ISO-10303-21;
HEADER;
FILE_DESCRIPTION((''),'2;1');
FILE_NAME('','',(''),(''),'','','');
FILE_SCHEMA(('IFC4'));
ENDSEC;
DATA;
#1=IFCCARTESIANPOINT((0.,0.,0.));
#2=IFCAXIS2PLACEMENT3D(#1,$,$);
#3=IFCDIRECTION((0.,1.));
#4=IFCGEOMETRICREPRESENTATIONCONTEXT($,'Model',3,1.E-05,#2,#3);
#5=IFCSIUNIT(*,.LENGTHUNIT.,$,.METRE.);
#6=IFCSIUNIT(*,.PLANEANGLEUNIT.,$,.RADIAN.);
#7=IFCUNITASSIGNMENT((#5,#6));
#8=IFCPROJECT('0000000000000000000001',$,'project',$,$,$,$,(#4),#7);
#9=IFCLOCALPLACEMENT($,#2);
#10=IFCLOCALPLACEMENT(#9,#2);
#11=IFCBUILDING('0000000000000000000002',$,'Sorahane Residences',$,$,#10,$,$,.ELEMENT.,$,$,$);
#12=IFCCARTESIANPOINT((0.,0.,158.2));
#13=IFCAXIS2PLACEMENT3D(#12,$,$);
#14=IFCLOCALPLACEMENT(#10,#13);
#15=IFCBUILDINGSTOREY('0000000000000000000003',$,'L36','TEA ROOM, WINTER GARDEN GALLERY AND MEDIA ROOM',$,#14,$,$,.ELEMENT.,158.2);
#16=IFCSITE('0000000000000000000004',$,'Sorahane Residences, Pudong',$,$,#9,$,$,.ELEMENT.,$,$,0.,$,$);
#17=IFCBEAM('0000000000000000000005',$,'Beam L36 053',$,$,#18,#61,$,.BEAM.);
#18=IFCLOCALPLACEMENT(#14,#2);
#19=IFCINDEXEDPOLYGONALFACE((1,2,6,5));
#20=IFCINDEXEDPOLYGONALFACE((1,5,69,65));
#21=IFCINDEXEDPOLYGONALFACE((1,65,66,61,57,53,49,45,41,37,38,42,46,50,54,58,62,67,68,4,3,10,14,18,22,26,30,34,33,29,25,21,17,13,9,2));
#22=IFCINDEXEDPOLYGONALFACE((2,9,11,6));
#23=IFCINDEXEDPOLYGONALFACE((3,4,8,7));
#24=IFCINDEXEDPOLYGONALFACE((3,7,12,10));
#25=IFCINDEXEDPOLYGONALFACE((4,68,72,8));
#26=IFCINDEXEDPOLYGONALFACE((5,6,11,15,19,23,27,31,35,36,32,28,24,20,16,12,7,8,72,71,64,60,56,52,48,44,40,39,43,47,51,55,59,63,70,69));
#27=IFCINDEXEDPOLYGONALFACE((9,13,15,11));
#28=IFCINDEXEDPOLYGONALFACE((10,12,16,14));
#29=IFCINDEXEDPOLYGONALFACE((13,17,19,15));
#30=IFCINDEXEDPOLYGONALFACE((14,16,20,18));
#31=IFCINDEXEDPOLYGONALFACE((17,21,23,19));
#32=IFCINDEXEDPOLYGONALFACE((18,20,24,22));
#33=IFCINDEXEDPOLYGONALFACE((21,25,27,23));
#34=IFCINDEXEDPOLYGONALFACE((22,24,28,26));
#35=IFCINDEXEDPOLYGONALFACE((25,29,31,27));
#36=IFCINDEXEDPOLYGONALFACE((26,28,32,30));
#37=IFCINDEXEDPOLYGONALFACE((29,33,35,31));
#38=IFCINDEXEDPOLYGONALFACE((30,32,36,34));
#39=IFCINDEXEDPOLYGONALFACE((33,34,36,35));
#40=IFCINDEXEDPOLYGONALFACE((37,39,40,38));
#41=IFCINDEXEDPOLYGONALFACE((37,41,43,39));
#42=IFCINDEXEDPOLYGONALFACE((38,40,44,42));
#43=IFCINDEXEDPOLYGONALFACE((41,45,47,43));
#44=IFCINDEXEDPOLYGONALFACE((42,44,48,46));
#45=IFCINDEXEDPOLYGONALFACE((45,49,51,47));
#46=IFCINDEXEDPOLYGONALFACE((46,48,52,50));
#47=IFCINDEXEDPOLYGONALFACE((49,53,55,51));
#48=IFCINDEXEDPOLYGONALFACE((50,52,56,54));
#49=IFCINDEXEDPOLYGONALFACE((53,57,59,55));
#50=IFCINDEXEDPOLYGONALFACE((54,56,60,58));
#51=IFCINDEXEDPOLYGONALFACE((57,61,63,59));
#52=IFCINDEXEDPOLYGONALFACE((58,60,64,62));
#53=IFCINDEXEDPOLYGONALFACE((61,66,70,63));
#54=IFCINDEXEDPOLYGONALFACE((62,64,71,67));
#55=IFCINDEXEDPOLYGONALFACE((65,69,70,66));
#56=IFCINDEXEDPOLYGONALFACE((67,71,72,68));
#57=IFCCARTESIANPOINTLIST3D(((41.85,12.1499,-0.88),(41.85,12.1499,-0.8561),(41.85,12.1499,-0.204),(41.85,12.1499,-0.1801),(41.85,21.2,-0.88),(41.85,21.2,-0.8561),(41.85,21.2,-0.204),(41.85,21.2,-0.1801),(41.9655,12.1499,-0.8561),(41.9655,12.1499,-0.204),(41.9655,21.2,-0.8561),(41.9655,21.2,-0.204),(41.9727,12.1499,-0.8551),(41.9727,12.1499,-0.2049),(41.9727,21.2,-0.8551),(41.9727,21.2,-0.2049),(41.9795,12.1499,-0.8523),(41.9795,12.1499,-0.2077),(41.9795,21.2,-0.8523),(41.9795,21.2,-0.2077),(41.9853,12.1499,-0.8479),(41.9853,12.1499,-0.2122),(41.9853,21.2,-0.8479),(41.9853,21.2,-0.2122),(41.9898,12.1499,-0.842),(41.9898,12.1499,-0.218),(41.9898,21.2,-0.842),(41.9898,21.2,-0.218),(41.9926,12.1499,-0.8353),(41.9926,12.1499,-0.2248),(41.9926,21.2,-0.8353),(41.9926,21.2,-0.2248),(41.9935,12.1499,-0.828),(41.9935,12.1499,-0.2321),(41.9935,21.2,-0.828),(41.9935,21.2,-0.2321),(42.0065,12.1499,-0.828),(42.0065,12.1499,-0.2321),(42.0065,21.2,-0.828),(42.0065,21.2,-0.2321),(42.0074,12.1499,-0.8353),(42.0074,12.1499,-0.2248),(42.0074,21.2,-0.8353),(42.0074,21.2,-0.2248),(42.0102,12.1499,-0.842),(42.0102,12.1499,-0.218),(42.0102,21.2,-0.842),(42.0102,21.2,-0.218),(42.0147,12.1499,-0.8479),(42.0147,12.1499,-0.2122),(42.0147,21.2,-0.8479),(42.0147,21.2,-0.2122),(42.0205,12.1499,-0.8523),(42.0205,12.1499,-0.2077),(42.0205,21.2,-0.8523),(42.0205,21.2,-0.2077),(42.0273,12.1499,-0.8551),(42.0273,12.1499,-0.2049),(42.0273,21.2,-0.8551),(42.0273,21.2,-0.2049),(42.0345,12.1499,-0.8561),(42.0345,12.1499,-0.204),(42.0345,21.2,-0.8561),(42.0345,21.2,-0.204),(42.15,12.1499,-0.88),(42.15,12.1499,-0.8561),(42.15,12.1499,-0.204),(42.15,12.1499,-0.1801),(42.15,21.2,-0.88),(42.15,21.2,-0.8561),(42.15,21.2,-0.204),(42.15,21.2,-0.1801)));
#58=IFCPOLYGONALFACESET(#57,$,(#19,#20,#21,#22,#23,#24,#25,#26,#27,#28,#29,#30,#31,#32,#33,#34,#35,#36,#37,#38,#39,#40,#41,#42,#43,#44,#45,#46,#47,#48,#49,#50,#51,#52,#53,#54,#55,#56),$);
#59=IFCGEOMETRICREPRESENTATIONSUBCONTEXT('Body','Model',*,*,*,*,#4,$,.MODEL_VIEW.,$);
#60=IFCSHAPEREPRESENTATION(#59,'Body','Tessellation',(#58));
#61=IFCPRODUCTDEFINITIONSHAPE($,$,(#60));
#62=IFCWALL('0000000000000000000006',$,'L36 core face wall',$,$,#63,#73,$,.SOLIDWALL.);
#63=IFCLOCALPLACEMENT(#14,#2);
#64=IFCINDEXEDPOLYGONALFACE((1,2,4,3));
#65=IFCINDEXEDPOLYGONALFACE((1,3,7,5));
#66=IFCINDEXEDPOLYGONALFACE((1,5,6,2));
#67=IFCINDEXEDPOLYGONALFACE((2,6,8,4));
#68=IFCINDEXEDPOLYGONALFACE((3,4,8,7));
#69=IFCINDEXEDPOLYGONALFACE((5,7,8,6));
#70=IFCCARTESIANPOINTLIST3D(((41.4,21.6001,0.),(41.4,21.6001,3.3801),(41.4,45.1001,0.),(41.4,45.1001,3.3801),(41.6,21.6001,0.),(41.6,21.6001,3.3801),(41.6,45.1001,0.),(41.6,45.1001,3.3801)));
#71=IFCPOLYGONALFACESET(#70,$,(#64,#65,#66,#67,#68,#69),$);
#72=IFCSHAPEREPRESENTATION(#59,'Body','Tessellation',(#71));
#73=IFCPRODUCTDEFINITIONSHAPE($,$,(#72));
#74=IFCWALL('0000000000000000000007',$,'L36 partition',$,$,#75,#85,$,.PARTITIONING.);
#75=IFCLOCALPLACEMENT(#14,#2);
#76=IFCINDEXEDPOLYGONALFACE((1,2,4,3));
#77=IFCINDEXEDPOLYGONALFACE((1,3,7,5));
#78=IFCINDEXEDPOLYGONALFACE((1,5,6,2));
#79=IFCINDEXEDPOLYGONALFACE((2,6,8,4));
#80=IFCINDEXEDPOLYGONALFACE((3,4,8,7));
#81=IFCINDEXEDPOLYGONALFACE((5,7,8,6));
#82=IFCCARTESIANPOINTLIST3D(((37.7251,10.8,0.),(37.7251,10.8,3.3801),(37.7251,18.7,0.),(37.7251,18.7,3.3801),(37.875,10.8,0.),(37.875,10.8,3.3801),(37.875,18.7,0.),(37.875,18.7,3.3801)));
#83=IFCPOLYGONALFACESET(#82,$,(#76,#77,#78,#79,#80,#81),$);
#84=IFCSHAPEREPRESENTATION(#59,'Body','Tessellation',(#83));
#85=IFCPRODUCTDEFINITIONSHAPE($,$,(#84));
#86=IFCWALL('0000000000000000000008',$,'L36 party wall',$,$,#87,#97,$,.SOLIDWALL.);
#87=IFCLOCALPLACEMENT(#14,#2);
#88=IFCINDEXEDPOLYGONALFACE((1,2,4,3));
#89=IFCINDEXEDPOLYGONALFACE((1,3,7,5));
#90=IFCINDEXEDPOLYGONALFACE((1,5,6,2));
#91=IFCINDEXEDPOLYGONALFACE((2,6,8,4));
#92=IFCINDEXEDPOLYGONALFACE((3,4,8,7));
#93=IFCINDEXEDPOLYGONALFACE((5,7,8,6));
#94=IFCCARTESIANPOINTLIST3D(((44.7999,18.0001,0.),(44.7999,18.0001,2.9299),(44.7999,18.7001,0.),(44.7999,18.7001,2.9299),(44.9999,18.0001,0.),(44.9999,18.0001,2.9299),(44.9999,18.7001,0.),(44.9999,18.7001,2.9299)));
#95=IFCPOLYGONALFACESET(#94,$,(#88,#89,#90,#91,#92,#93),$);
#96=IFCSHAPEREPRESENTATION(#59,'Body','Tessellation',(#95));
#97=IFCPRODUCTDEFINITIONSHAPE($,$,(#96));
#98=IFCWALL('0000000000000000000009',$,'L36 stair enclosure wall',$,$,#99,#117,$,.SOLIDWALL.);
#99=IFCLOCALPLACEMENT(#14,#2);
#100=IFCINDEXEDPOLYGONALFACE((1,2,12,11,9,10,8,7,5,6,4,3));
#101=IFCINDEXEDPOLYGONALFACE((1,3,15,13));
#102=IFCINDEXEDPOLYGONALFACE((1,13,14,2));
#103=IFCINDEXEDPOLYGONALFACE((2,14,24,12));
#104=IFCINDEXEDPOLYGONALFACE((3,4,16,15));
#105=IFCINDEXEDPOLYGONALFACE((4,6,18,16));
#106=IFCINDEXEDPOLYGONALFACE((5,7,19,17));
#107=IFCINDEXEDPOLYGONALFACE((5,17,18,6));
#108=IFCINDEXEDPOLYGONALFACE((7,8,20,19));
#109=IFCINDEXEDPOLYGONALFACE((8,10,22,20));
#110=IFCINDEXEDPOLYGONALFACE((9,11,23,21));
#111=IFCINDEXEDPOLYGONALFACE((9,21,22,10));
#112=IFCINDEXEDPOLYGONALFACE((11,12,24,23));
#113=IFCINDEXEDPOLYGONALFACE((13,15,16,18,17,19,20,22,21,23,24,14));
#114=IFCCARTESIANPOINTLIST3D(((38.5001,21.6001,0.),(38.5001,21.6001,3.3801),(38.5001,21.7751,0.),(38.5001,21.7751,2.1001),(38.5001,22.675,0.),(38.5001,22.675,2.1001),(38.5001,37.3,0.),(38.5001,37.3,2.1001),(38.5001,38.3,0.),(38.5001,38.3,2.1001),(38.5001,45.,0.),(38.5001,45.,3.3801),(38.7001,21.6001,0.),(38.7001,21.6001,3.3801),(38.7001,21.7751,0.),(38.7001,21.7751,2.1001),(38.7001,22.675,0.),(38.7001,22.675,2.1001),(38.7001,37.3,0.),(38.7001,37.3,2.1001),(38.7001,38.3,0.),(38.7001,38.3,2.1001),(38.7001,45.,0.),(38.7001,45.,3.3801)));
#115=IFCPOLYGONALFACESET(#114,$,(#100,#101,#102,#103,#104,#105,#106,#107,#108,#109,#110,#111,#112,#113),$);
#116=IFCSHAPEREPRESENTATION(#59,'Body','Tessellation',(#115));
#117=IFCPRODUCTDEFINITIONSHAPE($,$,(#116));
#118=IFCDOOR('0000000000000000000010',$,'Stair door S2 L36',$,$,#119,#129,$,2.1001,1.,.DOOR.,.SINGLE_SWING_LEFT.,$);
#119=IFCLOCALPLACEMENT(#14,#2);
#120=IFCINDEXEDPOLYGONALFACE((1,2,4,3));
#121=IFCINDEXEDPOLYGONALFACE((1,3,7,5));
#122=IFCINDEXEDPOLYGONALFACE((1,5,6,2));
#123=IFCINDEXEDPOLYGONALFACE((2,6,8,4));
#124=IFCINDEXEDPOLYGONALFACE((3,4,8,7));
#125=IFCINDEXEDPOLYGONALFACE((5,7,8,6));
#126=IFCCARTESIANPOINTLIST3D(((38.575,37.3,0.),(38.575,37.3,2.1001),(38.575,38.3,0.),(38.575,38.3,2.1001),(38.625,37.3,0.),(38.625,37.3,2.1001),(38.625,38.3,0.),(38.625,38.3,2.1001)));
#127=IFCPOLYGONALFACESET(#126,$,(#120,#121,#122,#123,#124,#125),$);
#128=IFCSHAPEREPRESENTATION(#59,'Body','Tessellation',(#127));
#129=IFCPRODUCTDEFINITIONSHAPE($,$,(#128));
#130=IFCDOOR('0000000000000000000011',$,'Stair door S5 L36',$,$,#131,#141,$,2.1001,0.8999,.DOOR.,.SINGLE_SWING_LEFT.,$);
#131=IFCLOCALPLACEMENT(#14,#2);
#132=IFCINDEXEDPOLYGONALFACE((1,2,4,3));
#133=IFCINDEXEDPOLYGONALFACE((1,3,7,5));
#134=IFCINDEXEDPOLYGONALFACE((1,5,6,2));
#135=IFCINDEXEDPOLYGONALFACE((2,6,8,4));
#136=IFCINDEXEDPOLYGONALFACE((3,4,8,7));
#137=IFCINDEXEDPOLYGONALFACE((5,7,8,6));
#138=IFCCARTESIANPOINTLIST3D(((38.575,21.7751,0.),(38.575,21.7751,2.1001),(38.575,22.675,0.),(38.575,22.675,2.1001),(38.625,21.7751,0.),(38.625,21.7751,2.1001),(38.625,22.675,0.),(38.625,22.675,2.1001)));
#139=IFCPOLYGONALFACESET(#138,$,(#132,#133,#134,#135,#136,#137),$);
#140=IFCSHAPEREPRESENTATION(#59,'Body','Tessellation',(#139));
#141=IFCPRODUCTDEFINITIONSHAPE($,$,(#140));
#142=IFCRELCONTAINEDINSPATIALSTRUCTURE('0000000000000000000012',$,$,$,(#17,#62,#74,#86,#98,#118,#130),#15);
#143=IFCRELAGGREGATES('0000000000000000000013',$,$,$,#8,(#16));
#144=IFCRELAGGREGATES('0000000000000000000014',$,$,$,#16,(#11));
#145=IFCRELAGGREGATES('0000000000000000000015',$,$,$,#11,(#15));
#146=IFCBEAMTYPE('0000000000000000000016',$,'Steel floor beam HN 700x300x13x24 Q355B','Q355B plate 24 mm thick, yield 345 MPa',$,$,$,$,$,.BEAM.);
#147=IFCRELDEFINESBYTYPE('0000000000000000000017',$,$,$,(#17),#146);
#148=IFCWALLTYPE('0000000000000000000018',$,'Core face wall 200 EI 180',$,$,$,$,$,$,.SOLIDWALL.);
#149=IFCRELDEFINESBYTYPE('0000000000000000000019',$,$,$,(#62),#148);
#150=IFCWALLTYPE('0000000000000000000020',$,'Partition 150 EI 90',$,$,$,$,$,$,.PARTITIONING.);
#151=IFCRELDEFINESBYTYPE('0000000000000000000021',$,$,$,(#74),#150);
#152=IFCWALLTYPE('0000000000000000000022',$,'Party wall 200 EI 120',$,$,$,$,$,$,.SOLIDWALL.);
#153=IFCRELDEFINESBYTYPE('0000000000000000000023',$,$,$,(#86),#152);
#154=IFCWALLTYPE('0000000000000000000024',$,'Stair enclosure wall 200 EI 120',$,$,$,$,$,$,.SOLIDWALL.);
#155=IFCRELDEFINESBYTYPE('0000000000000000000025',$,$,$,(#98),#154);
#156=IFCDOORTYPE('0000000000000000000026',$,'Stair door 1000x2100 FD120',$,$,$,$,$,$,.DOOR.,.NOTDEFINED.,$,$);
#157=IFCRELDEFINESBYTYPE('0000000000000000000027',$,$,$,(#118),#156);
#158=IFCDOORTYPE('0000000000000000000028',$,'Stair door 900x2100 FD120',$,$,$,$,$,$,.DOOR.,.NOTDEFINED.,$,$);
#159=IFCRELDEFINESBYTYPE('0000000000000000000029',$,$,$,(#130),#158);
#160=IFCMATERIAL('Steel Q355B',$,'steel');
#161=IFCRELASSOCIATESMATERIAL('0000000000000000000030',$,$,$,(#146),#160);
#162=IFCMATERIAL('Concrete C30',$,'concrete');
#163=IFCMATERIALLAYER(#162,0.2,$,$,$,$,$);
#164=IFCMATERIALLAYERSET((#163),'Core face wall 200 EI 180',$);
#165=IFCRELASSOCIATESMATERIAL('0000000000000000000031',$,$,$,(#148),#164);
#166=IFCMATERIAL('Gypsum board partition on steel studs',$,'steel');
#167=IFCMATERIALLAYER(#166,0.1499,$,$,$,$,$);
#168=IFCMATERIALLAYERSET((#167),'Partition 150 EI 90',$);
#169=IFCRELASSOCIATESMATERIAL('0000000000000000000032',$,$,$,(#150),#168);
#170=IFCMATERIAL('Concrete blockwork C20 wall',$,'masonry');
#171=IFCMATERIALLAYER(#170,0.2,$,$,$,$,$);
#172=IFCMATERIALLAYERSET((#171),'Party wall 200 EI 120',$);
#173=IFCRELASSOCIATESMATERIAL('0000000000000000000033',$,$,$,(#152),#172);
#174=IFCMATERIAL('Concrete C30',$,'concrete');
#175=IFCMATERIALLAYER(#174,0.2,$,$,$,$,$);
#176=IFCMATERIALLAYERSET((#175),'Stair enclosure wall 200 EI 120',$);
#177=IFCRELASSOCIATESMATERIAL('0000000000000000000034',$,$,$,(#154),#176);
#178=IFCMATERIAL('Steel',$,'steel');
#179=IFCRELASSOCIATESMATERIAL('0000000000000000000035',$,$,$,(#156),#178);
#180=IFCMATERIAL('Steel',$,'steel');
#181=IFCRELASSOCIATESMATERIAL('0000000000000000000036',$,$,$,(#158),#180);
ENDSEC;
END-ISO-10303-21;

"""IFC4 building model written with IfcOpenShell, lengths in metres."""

from ifc_helpers import new_model, si_unit, direction, frame, frame_2d, origin, origin_2d, place, context, subcontext, project, spatial, rectangle, i_section, extrude, material, layer, layer_set, material_profile, profile_set, type_object, element, fill, save


model = new_model("IFC4")

# Units and contexts
model_context = context("Model", 3, precision=1e-05, world=origin(), true_north=direction((0.0, 1.0)))
body_context = subcontext(model_context, "Body", "Model", "MODEL_VIEW")
ifc_project = project(units=[si_unit("LENGTHUNIT", "METRE"), si_unit("PLANEANGLEUNIT", "RADIAN")], contexts=[model_context])

# Site, building, storey
site_placement = place(None, origin())
site = spatial("IfcSite", under=ifc_project, at=site_placement, Name="Sorahane Residences, Pudong", CompositionType="ELEMENT", RefElevation=0.0)
building_placement = place(site_placement, origin())
building = spatial("IfcBuilding", under=site, at=building_placement, Name="Sorahane Residences", CompositionType="ELEMENT")
storey_placement = place(building_placement, frame((0.0, 0.0, 158.2)))
storey = spatial("IfcBuildingStorey", under=building, at=storey_placement, Name="L36", Description="TEA ROOM, WINTER GARDEN GALLERY AND MEDIA ROOM", CompositionType="ELEMENT", Elevation=158.2)

# Beam
ifc_material_1 = material(Name="Steel Q355B", Category="steel")
ifc_material_profile_1 = material_profile(ifc_material_1, i_section(OverallWidth=0.3, OverallDepth=0.7, WebThickness=0.0129, FlangeThickness=0.0239, FilletRadius=0.0281, at=origin_2d()), Name="HN 700x300x13x24")
ifc_profile_set_1 = profile_set([ifc_material_profile_1], Name="Steel Q355B")
beam_type_1 = type_object("IfcBeamType", Name="Steel floor beam HN 700x300x13x24 Q355B", Description="Q355B plate 24 mm thick, yield 345 MPa", PredefinedType="BEAM", material=ifc_profile_set_1)
beam_1_placement = place(storey_placement, frame((42.0, 12.1499, -0.53), z_axis=(0.0, 1.0, 0.0), x_axis=(-1.0, 0.0, 0.0)))
element("IfcBeam", 1, at=beam_1_placement, inside=storey, type_object=beam_type_1, Name="Beam L36 053", PredefinedType="BEAM", context=body_context, shape_type="SweptSolid", body=[
    extrude(i_section(OverallWidth=0.3, OverallDepth=0.7, WebThickness=0.0129, FlangeThickness=0.0239, FilletRadius=0.0281, at=origin_2d()), origin(), (0.0, 0.0, 1.0), 9.05),
])

# Walls
ifc_material_2 = material(Name="Concrete C30", Category="concrete")
ifc_layer_1 = layer(ifc_material_2, 0.2)
ifc_layer_set_1 = layer_set([ifc_layer_1], Name="Core face wall 200 EI 180")
wall_type_1 = type_object("IfcWallType", Name="Core face wall 200 EI 180", PredefinedType="SOLIDWALL", material=ifc_layer_set_1)
wall_1_placement = place(storey_placement, frame((41.5, 21.6001, 0.0), z_axis=(0.0, 0.0, 1.0), x_axis=(0.0, 1.0, 0.0)))
element("IfcWall", 2, at=wall_1_placement, inside=storey, type_object=wall_type_1, Name="L36 core face wall", PredefinedType="SOLIDWALL", context=body_context, shape_type="SweptSolid", body=[
    extrude(rectangle(XDim=23.5, YDim=0.2, at=frame_2d((11.75, 0.0))), origin(), (0.0, 0.0, 1.0), 3.3801),
])
ifc_material_3 = material(Name="Gypsum board partition on steel studs", Category="steel")
ifc_layer_2 = layer(ifc_material_3, 0.1499)
ifc_layer_set_2 = layer_set([ifc_layer_2], Name="Partition 150 EI 90")
wall_type_2 = type_object("IfcWallType", Name="Partition 150 EI 90", PredefinedType="PARTITIONING", material=ifc_layer_set_2)
wall_2_placement = place(storey_placement, frame((37.8, 10.8, 0.0), z_axis=(0.0, 0.0, 1.0), x_axis=(0.0, 1.0, 0.0)))
element("IfcWall", 3, at=wall_2_placement, inside=storey, type_object=wall_type_2, Name="L36 partition", PredefinedType="PARTITIONING", context=body_context, shape_type="SweptSolid", body=[
    extrude(rectangle(XDim=7.8999, YDim=0.1499, at=frame_2d((3.95, 0.0))), origin(), (0.0, 0.0, 1.0), 3.3801),
])
ifc_material_4 = material(Name="Concrete blockwork C20 wall", Category="masonry")
ifc_layer_3 = layer(ifc_material_4, 0.2)
ifc_layer_set_3 = layer_set([ifc_layer_3], Name="Party wall 200 EI 120")
wall_type_3 = type_object("IfcWallType", Name="Party wall 200 EI 120", PredefinedType="SOLIDWALL", material=ifc_layer_set_3)
wall_3_placement = place(storey_placement, frame((44.8999, 18.0, 0.0), z_axis=(0.0, 0.0, 1.0), x_axis=(0.0, 1.0, 0.0)))
element("IfcWall", 4, at=wall_3_placement, inside=storey, type_object=wall_type_3, Name="L36 party wall", PredefinedType="SOLIDWALL", context=body_context, shape_type="SweptSolid", body=[
    extrude(rectangle(XDim=0.7, YDim=0.2, at=frame_2d((0.3501, 0.0))), origin(), (0.0, 0.0, 1.0), 2.9299),
])

# Wall, openings, doors
ifc_material_5 = material(Name="Concrete C30", Category="concrete")
ifc_layer_4 = layer(ifc_material_5, 0.2)
ifc_layer_set_4 = layer_set([ifc_layer_4], Name="Stair enclosure wall 200 EI 120")
wall_type_4 = type_object("IfcWallType", Name="Stair enclosure wall 200 EI 120", PredefinedType="SOLIDWALL", material=ifc_layer_set_4)
wall_4_placement = place(storey_placement, frame((38.6001, 21.6001, 0.0), z_axis=(0.0, 0.0, 1.0), x_axis=(0.0, 1.0, 0.0)))
wall_4 = element("IfcWall", 5, at=wall_4_placement, inside=storey, type_object=wall_type_4, Name="L36 stair enclosure wall", PredefinedType="SOLIDWALL", context=body_context, shape_type="SweptSolid", body=[
    extrude(rectangle(XDim=23.3999, YDim=0.2, at=frame_2d((11.7, 0.0))), origin(), (0.0, 0.0, 1.0), 3.3801),
])
opening_1_placement = place(wall_4_placement, frame((15.7, 0.0, 0.0)))
opening_1 = element("IfcOpeningElement", 6, at=opening_1_placement, cuts=wall_4, PredefinedType="OPENING", context=body_context, shape_type="SweptSolid", body=[
    extrude(rectangle(XDim=1.0, YDim=2.1001, at=frame_2d((0.5, 1.05))), frame((0.0, 0.1099, 0.0), z_axis=(0.0, -1.0, 0.0), x_axis=(1.0, 0.0, 0.0)), (0.0, 0.0, 1.0), 0.22),
])
opening_2_placement = place(wall_4_placement, frame((0.175, 0.0, 0.0)))
opening_2 = element("IfcOpeningElement", 7, at=opening_2_placement, cuts=wall_4, PredefinedType="OPENING", context=body_context, shape_type="SweptSolid", body=[
    extrude(rectangle(XDim=0.8999, YDim=2.1001, at=frame_2d((0.45, 1.05))), frame((0.0, 0.1099, 0.0), z_axis=(0.0, -1.0, 0.0), x_axis=(1.0, 0.0, 0.0)), (0.0, 0.0, 1.0), 0.22),
])
ifc_material_6 = material(Name="Steel", Category="steel")
door_type_1 = type_object("IfcDoorType", Name="Stair door 1000x2100 FD120", OperationType="NOTDEFINED", PredefinedType="DOOR", material=ifc_material_6)
door_1_placement = place(opening_1_placement, frame((1.0, 0.0, 0.0), z_axis=(0.0, 0.0, 1.0), x_axis=(-1.0, 0.0, 0.0)))
door_1 = element("IfcDoor", 8, at=door_1_placement, inside=storey, type_object=door_type_1, Name="Stair door S2 L36", OperationType="SINGLE_SWING_LEFT", OverallHeight=2.1001, OverallWidth=1.0, PredefinedType="DOOR", context=body_context, shape_type="SweptSolid", body=[
    extrude(rectangle(XDim=1.0, YDim=2.1001, at=frame_2d((0.5, 1.05))), frame((0.0, 0.0249, 0.0), z_axis=(0.0, -1.0, 0.0), x_axis=(1.0, 0.0, 0.0)), (0.0, 0.0, 1.0), 0.05),
])
fill(opening_1, door_1)
ifc_material_7 = material(Name="Steel", Category="steel")
door_type_2 = type_object("IfcDoorType", Name="Stair door 900x2100 FD120", OperationType="NOTDEFINED", PredefinedType="DOOR", material=ifc_material_7)
door_2_placement = place(opening_2_placement, frame((0.8999, 0.0, 0.0), z_axis=(0.0, 0.0, 1.0), x_axis=(-1.0, 0.0, 0.0)))
door_2 = element("IfcDoor", 9, at=door_2_placement, inside=storey, type_object=door_type_2, Name="Stair door S5 L36", OperationType="SINGLE_SWING_LEFT", OverallHeight=2.1001, OverallWidth=0.8999, PredefinedType="DOOR", context=body_context, shape_type="SweptSolid", body=[
    extrude(rectangle(XDim=0.8999, YDim=2.1001, at=frame_2d((0.45, 1.05))), frame((0.0, 0.0249, 0.0), z_axis=(0.0, -1.0, 0.0), x_axis=(1.0, 0.0, 0.0)), (0.0, 0.0, 1.0), 0.05),
])
fill(opening_2, door_2)

save(model, "model.ifc")
